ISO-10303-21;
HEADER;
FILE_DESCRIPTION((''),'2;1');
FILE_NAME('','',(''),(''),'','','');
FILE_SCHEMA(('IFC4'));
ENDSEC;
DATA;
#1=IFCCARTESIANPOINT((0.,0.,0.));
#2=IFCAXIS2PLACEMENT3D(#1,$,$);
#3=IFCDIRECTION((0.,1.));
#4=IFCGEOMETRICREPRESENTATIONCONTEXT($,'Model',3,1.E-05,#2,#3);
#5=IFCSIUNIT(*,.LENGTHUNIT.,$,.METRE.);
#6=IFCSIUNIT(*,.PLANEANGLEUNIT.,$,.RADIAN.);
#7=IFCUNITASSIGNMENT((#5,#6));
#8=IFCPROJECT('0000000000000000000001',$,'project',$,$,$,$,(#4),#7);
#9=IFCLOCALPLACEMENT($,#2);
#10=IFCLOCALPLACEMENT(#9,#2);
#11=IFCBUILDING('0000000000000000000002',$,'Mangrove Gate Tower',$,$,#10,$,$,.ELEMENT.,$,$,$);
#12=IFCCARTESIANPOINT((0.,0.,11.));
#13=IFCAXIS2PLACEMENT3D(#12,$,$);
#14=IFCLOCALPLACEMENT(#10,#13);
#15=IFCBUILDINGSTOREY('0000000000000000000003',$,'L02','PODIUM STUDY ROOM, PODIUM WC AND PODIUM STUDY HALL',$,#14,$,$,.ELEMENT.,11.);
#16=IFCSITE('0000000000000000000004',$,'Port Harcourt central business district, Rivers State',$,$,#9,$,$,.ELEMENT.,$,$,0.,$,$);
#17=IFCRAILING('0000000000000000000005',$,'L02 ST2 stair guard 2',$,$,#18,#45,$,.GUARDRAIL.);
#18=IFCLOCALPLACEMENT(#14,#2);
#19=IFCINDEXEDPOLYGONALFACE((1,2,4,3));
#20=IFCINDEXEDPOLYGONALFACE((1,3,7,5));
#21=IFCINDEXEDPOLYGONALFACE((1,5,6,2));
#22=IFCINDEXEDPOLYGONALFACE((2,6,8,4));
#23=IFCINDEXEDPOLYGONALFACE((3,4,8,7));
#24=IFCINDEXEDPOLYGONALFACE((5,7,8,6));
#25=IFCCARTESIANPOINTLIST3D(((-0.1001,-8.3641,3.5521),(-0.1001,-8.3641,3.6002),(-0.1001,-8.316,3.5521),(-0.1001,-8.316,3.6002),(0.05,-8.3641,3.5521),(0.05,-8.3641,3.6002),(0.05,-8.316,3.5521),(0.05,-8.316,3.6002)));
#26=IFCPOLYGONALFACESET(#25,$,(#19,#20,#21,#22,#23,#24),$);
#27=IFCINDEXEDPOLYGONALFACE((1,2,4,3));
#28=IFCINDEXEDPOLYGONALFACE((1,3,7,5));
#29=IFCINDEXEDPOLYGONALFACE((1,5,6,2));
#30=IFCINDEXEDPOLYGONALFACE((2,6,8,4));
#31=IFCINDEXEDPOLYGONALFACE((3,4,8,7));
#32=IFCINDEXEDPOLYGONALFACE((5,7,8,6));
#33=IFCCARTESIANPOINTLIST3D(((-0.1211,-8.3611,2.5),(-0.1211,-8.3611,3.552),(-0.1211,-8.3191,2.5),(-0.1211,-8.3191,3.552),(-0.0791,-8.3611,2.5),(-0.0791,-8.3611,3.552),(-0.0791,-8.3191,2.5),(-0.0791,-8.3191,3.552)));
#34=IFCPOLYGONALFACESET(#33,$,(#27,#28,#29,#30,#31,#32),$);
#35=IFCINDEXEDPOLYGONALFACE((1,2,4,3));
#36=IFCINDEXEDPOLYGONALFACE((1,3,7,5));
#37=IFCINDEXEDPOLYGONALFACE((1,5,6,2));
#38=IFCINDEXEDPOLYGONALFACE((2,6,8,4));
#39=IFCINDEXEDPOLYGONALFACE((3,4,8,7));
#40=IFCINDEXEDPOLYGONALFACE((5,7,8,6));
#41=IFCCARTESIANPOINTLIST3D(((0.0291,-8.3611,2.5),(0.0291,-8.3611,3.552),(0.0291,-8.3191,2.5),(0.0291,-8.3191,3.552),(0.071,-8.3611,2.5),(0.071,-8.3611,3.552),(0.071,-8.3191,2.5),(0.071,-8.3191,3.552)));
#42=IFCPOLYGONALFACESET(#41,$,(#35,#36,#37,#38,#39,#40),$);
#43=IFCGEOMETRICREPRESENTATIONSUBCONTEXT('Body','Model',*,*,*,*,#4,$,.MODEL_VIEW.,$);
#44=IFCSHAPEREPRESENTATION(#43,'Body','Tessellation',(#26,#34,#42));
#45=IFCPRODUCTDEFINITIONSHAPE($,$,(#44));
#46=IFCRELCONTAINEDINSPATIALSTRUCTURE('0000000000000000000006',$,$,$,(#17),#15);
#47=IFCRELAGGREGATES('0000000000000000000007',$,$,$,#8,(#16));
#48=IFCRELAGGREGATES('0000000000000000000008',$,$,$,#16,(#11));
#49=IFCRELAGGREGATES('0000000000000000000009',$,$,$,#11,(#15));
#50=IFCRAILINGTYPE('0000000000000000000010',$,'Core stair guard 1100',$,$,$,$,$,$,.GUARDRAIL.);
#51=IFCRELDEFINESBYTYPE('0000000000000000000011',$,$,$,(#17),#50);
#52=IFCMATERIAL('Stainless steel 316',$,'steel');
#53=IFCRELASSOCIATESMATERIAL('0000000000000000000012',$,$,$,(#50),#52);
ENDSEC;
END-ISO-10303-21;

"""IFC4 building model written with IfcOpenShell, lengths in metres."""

from ifc_helpers import new_model, si_unit, direction, frame, origin, origin_2d, place, context, subcontext, project, spatial, rectangle, extrude, material, type_object, element, save


model = new_model("IFC4")

# Units and contexts
model_context = context("Model", 3, precision=1e-05, world=origin(), true_north=direction((0.0, 1.0)))
body_context = subcontext(model_context, "Body", "Model", "MODEL_VIEW")
ifc_project = project(units=[si_unit("LENGTHUNIT", "METRE"), si_unit("PLANEANGLEUNIT", "RADIAN")], contexts=[model_context])

# Site, building, storey
site_placement = place(None, origin())
site = spatial("IfcSite", under=ifc_project, at=site_placement, Name="Port Harcourt central business district, Rivers State", CompositionType="ELEMENT", RefElevation=0.0)
building_placement = place(site_placement, origin())
building = spatial("IfcBuilding", under=site, at=building_placement, Name="Mangrove Gate Tower", CompositionType="ELEMENT")
storey_placement = place(building_placement, frame((0.0, 0.0, 11.0)))
storey = spatial("IfcBuildingStorey", under=building, at=storey_placement, Name="L02", Description="PODIUM STUDY ROOM, PODIUM WC AND PODIUM STUDY HALL", CompositionType="ELEMENT", Elevation=11.0)

# Railing
ifc_material_1 = material(Name="Stainless steel 316", Category="steel")
railing_type = type_object("IfcRailingType", Name="Core stair guard 1100", PredefinedType="GUARDRAIL", material=ifc_material_1)
railing_1_placement = place(storey_placement, frame((-0.1001, -8.3401, 2.5)))
element("IfcRailing", 1, at=railing_1_placement, inside=storey, type_object=railing_type, Name="L02 ST2 stair guard 2", PredefinedType="GUARDRAIL", context=body_context, shape_type="SweptSolid", body=[
    extrude(rectangle(XDim=0.0481, YDim=0.0481, at=origin_2d()), frame((0.0, 0.0, 1.0762), z_axis=(1.0, 0.0, 0.0), x_axis=(0.0, 1.0, 0.0)), (0.0, 0.0, 1.0), 0.1501),
    extrude(rectangle(XDim=0.042, YDim=0.042, at=origin_2d()), origin(), (0.0, 0.0, 1.0), 1.052),
    extrude(rectangle(XDim=0.042, YDim=0.042, at=origin_2d()), frame((0.1501, 0.0, 0.0)), (0.0, 0.0, 1.0), 1.052),
])

save(model, "model.ifc")
